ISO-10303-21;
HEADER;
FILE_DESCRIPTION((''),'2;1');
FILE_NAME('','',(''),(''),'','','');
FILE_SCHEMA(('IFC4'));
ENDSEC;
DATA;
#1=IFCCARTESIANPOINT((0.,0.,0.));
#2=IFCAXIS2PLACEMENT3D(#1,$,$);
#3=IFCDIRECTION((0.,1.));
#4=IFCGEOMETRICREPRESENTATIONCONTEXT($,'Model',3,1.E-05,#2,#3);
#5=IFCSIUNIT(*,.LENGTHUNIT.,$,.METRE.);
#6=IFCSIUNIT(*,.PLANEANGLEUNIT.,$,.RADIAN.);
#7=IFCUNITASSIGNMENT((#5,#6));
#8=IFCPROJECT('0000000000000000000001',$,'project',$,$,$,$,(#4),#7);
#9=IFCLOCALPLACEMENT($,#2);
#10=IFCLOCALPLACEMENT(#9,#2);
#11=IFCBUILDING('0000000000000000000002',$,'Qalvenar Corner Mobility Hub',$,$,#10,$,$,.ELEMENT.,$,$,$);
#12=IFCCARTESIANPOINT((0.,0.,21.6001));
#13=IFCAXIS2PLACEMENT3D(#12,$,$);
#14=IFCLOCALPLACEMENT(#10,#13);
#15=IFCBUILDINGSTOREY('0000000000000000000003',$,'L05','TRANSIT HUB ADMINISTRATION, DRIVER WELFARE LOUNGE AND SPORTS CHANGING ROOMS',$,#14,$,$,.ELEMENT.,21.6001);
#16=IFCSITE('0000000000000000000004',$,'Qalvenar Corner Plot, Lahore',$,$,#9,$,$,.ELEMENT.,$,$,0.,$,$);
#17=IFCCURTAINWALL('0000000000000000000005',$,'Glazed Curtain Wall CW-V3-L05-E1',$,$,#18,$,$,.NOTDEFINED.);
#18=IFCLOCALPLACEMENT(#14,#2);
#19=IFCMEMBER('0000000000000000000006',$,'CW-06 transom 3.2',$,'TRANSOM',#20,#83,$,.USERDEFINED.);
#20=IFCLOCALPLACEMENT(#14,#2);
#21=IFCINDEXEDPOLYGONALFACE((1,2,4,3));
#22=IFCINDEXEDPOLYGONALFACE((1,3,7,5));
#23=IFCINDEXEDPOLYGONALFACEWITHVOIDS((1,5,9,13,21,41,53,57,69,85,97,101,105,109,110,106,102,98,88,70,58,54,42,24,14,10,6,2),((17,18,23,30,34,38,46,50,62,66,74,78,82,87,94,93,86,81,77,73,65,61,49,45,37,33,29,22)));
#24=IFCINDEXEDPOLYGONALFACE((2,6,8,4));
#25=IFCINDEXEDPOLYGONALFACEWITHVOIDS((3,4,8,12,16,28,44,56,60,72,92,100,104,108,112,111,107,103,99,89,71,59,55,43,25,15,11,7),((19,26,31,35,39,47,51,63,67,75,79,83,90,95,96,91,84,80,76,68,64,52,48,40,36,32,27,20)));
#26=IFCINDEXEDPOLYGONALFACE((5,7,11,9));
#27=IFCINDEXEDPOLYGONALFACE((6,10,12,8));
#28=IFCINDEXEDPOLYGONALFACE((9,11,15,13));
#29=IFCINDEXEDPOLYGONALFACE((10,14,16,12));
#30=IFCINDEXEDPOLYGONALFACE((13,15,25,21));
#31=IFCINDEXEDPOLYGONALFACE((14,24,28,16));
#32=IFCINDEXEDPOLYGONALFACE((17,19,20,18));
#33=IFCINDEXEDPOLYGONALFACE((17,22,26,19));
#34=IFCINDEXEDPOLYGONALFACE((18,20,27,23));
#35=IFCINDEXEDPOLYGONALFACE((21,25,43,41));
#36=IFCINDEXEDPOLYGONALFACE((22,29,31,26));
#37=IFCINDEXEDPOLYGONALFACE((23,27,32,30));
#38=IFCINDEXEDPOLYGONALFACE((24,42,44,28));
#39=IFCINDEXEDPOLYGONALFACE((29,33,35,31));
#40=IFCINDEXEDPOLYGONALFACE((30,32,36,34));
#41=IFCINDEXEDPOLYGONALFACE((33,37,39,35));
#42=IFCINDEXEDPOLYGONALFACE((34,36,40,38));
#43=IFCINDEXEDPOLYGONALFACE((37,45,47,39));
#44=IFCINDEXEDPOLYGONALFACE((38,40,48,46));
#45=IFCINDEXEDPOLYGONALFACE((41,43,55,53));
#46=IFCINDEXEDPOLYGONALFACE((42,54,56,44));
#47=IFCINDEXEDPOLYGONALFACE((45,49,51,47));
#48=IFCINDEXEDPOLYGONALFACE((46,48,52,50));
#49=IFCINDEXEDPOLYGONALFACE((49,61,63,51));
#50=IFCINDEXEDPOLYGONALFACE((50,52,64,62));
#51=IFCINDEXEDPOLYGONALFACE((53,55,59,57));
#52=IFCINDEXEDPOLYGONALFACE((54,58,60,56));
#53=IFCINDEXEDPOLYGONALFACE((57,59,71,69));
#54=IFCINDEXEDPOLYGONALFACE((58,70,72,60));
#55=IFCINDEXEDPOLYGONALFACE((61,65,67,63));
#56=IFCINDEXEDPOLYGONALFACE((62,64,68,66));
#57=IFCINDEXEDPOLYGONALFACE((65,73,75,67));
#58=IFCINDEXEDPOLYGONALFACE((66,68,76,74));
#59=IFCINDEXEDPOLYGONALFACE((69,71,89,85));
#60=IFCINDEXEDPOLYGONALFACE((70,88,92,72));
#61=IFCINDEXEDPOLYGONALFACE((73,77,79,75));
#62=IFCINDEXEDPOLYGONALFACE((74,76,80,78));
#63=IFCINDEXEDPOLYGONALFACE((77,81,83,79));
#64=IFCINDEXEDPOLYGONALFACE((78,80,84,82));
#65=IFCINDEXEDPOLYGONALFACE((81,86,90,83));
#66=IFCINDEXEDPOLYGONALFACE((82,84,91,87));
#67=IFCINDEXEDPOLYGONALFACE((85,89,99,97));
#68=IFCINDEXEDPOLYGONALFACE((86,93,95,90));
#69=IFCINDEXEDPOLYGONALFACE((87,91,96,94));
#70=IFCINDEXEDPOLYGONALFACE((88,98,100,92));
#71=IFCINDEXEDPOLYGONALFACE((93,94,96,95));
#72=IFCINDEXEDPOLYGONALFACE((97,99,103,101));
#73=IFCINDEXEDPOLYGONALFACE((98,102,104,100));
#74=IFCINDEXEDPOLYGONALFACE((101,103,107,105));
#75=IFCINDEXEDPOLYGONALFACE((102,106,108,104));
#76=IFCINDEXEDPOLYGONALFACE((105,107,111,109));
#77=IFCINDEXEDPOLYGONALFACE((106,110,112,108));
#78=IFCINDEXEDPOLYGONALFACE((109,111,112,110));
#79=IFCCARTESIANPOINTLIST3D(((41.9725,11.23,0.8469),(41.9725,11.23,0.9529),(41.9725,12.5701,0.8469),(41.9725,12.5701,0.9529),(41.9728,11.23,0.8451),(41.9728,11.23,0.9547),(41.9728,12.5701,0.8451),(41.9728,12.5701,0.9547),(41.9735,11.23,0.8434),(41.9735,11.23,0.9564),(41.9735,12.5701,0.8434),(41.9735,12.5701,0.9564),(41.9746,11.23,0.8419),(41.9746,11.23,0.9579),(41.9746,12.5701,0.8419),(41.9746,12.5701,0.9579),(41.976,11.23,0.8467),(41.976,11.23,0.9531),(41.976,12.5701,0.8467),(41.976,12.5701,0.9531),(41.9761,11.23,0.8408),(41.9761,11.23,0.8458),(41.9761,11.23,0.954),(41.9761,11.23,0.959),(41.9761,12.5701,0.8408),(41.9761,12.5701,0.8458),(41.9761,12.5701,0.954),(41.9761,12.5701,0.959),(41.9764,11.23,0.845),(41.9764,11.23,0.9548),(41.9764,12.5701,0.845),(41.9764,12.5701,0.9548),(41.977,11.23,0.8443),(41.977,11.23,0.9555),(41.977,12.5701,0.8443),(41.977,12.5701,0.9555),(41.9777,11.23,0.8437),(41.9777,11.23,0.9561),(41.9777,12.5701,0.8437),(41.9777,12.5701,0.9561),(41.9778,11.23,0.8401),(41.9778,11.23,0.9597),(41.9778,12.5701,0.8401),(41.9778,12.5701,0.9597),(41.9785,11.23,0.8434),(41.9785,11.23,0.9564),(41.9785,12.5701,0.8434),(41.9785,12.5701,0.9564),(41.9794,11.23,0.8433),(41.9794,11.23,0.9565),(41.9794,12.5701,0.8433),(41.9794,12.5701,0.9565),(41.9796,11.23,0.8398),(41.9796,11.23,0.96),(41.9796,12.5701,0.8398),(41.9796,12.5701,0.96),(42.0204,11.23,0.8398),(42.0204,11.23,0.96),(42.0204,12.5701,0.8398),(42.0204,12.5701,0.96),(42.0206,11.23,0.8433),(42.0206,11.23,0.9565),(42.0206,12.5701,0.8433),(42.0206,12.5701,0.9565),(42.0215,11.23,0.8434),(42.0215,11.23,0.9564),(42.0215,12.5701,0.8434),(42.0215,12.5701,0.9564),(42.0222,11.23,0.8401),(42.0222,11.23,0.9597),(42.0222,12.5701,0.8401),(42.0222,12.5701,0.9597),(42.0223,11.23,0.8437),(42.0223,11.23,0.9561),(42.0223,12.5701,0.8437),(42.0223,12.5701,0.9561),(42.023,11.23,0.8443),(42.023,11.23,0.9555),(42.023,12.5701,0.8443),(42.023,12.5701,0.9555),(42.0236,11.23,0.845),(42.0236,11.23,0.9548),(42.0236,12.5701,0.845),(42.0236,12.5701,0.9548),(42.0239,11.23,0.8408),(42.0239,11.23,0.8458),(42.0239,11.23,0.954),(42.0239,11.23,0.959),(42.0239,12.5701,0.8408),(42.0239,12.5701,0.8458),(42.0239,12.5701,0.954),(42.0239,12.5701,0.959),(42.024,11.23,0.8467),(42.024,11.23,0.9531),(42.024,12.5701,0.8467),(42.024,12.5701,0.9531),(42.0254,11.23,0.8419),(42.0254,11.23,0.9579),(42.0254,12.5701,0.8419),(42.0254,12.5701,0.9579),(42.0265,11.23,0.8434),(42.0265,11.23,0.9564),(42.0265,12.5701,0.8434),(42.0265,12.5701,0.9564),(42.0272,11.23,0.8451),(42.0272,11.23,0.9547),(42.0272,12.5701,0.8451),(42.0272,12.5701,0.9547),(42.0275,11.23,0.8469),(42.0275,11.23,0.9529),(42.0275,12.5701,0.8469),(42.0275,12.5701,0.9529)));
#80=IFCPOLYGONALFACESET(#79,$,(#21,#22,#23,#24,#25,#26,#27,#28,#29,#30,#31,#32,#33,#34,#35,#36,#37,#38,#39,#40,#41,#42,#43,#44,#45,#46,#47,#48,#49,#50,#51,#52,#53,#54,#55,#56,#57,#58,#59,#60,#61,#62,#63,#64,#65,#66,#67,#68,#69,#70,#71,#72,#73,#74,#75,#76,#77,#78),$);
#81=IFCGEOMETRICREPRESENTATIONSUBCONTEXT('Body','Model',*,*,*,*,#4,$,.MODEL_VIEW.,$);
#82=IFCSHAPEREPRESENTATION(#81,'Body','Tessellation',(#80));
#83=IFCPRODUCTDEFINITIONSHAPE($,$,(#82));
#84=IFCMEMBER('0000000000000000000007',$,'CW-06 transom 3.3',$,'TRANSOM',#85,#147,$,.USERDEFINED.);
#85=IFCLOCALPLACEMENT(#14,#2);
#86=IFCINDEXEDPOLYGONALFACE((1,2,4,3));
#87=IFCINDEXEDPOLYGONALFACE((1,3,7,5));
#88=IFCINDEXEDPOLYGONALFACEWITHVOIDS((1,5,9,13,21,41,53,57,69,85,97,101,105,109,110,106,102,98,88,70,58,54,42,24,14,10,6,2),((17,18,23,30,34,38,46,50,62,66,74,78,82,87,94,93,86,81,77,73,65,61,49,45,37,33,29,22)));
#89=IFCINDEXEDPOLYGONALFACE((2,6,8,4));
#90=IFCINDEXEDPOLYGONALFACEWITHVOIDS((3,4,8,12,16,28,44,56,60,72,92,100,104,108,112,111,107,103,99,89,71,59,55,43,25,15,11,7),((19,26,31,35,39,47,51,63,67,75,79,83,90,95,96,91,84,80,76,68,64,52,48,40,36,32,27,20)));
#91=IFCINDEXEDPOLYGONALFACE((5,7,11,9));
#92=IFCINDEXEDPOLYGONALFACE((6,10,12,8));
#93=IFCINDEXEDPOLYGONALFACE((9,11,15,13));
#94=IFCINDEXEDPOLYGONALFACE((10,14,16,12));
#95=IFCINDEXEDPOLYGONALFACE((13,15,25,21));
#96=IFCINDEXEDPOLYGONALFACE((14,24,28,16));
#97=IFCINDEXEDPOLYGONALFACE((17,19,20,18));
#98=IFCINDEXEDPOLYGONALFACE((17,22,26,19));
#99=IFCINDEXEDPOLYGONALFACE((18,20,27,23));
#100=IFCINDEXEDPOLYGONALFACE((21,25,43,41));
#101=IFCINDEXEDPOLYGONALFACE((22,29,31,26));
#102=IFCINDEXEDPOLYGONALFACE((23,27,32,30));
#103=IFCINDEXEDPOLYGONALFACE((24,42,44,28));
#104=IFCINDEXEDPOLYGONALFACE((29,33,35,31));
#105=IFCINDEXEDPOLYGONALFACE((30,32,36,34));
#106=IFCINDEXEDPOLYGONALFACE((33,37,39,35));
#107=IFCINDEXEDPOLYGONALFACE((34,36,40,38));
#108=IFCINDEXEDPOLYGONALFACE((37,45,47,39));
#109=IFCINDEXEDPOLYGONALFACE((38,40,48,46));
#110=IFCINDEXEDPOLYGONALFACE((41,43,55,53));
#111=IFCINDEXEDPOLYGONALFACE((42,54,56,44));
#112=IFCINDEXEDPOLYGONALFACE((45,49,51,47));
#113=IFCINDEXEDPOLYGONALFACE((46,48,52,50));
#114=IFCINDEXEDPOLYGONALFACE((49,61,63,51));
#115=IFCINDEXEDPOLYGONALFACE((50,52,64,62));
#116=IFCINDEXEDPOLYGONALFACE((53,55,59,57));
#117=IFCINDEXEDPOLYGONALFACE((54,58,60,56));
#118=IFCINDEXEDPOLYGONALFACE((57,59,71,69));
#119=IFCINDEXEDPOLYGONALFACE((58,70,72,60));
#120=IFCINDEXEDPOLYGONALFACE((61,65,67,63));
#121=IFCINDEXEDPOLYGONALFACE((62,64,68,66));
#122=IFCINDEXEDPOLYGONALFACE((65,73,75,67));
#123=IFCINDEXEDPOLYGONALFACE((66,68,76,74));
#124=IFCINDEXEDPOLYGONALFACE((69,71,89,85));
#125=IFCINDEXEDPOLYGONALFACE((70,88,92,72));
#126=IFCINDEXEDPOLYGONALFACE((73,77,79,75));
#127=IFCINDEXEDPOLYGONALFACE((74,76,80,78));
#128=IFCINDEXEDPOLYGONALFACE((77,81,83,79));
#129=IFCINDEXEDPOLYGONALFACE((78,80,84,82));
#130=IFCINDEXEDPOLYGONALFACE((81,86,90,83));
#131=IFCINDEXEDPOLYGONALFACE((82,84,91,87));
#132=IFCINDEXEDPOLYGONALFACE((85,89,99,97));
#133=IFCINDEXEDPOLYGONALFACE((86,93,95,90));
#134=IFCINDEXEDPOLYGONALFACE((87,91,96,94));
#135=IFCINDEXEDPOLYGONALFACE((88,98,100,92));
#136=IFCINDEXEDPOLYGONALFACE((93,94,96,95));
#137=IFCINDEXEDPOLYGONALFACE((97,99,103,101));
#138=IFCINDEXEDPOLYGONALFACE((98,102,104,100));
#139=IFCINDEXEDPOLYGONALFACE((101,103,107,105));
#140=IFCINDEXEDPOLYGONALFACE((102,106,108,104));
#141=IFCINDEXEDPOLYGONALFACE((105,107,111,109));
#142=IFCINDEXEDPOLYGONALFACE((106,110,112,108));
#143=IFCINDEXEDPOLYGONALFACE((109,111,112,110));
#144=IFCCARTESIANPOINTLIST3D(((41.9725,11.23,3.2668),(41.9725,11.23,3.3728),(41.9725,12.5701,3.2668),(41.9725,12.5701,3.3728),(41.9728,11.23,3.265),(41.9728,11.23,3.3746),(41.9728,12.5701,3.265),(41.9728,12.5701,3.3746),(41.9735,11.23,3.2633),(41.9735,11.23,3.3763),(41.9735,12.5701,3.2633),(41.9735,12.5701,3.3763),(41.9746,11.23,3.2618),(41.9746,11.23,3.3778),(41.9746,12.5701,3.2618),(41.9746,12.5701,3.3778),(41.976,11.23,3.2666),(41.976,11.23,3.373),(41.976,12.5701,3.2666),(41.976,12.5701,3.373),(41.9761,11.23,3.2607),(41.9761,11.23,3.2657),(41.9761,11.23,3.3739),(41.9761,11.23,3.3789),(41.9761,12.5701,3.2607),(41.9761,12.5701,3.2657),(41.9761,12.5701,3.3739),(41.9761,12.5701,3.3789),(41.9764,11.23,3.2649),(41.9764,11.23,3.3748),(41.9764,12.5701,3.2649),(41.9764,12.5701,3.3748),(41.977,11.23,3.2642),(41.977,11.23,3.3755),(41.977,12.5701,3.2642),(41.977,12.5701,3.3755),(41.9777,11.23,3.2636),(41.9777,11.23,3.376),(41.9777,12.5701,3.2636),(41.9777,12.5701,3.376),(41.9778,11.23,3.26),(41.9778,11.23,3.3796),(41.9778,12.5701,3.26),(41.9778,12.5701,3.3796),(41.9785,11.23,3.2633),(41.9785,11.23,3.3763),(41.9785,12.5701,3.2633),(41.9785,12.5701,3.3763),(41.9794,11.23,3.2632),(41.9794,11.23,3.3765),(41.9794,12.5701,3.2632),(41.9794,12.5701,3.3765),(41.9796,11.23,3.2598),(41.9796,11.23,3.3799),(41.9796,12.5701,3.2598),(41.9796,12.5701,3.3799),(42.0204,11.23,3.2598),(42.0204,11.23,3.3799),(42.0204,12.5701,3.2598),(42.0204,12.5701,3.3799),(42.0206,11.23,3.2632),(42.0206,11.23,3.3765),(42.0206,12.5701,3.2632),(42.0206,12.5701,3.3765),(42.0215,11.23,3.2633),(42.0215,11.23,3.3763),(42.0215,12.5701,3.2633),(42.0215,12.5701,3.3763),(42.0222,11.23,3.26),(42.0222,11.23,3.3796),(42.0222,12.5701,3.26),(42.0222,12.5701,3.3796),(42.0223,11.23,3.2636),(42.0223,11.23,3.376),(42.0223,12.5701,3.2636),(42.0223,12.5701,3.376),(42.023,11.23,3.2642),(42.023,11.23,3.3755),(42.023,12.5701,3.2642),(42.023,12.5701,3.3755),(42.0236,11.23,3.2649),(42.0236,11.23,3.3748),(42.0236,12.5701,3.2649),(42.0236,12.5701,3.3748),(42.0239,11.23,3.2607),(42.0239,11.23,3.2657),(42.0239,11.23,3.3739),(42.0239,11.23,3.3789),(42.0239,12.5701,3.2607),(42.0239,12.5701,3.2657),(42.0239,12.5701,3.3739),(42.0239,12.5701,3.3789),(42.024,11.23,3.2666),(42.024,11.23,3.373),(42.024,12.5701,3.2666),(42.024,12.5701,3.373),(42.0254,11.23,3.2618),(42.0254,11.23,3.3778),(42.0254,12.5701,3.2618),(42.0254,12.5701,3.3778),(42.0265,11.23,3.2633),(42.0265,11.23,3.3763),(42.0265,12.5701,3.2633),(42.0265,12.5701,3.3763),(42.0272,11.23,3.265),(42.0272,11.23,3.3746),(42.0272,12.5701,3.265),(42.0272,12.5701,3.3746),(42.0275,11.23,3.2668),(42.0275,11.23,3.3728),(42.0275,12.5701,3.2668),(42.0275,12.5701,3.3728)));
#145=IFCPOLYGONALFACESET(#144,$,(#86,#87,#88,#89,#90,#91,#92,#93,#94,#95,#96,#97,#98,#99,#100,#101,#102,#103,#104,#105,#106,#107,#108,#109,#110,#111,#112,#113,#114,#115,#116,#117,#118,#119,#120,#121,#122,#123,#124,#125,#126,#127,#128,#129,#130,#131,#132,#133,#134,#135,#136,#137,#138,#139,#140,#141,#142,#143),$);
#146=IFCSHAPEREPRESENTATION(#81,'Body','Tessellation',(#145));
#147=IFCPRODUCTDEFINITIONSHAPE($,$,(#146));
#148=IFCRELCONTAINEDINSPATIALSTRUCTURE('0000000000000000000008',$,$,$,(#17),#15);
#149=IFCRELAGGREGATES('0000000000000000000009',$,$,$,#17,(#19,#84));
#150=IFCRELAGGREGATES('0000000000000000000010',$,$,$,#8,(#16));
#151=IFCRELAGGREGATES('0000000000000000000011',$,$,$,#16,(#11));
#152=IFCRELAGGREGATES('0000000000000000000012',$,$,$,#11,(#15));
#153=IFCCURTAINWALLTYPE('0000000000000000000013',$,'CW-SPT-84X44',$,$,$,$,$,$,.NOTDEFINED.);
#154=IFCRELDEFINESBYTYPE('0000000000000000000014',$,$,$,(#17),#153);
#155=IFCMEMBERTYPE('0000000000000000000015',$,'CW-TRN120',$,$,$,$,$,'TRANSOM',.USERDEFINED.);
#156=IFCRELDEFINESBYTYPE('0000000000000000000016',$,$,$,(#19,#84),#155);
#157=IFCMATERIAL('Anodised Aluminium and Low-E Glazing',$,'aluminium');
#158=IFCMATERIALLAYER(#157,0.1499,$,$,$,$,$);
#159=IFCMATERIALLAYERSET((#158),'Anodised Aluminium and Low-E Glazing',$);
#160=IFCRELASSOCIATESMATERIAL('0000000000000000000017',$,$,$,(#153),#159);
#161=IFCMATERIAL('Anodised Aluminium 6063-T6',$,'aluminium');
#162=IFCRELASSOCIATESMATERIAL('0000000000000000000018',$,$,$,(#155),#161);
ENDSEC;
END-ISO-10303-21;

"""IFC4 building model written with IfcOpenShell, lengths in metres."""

from ifc_helpers import new_model, si_unit, direction, frame, origin, origin_2d, place, context, subcontext, project, spatial, hollow_rectangle, extrude, material, layer, layer_set, material_profile, profile_set, type_object, element, aggregate, save


model = new_model("IFC4")

# Units and contexts
model_context = context("Model", 3, precision=1e-05, world=origin(), true_north=direction((0.0, 1.0)))
body_context = subcontext(model_context, "Body", "Model", "MODEL_VIEW")
ifc_project = project(units=[si_unit("LENGTHUNIT", "METRE"), si_unit("PLANEANGLEUNIT", "RADIAN")], contexts=[model_context])

# Site, building, storey
site_placement = place(None, origin())
site = spatial("IfcSite", under=ifc_project, at=site_placement, Name="Qalvenar Corner Plot, Lahore", CompositionType="ELEMENT", RefElevation=0.0)
building_placement = place(site_placement, origin())
building = spatial("IfcBuilding", under=site, at=building_placement, Name="Qalvenar Corner Mobility Hub", CompositionType="ELEMENT")
storey_placement = place(building_placement, frame((0.0, 0.0, 21.6001)))
storey = spatial("IfcBuildingStorey", under=building, at=storey_placement, Name="L05", Description="TRANSIT HUB ADMINISTRATION, DRIVER WELFARE LOUNGE AND SPORTS CHANGING ROOMS", CompositionType="ELEMENT", Elevation=21.6001)

# Curtain wall, members
ifc_material_1 = material(Name="Anodised Aluminium and Low-E Glazing", Category="aluminium")
ifc_layer_1 = layer(ifc_material_1, 0.1499)
ifc_layer_set_1 = layer_set([ifc_layer_1], Name="Anodised Aluminium and Low-E Glazing")
curtain_wall_type = type_object("IfcCurtainWallType", Name="CW-SPT-84X44", PredefinedType="NOTDEFINED", material=ifc_layer_set_1)
curtain_wall_placement = place(storey_placement, origin())
curtain_wall = element("IfcCurtainWall", 1, at=curtain_wall_placement, inside=storey, type_object=curtain_wall_type, Name="Glazed Curtain Wall CW-V3-L05-E1", PredefinedType="NOTDEFINED")
ifc_material_2 = material(Name="Anodised Aluminium 6063-T6", Category="aluminium")
ifc_material_profile_1 = material_profile(ifc_material_2, hollow_rectangle(XDim=0.0549, YDim=0.1201, WallThickness=0.0034, InnerFilletRadius=0.0034, OuterFilletRadius=0.0071, at=origin_2d()), Name="RHS120x55x3.5")
ifc_profile_set_1 = profile_set([ifc_material_profile_1], Name="Anodised Aluminium 6063-T6")
member_type_1 = type_object("IfcMemberType", Name="CW-TRN120", ElementType="TRANSOM", PredefinedType="USERDEFINED", material=ifc_profile_set_1)
member_1_placement = place(storey_placement, frame((42.0, 11.23, 0.8999), z_axis=(0.0, 1.0, 0.0), x_axis=(-1.0, 0.0, 0.0)))
member_1 = element("IfcMember", 2, at=member_1_placement, type_object=member_type_1, Name="CW-06 transom 3.2", ObjectType="TRANSOM", PredefinedType="USERDEFINED", context=body_context, shape_type="SweptSolid", body=[
    extrude(hollow_rectangle(XDim=0.0549, YDim=0.1201, WallThickness=0.0034, InnerFilletRadius=0.0034, OuterFilletRadius=0.0071, at=origin_2d()), origin(), (0.0, 0.0, 1.0), 1.3401),
])
member_2_placement = place(storey_placement, frame((42.0, 11.23, 3.3198), z_axis=(0.0, 1.0, 0.0), x_axis=(-1.0, 0.0, 0.0)))
member_2 = element("IfcMember", 3, at=member_2_placement, type_object=member_type_1, Name="CW-06 transom 3.3", ObjectType="TRANSOM", PredefinedType="USERDEFINED", context=body_context, shape_type="SweptSolid", body=[
    extrude(hollow_rectangle(XDim=0.0549, YDim=0.1201, WallThickness=0.0034, InnerFilletRadius=0.0034, OuterFilletRadius=0.0071, at=origin_2d()), origin(), (0.0, 0.0, 1.0), 1.3401),
])
aggregate(curtain_wall, [member_1, member_2])

save(model, "model.ifc")
